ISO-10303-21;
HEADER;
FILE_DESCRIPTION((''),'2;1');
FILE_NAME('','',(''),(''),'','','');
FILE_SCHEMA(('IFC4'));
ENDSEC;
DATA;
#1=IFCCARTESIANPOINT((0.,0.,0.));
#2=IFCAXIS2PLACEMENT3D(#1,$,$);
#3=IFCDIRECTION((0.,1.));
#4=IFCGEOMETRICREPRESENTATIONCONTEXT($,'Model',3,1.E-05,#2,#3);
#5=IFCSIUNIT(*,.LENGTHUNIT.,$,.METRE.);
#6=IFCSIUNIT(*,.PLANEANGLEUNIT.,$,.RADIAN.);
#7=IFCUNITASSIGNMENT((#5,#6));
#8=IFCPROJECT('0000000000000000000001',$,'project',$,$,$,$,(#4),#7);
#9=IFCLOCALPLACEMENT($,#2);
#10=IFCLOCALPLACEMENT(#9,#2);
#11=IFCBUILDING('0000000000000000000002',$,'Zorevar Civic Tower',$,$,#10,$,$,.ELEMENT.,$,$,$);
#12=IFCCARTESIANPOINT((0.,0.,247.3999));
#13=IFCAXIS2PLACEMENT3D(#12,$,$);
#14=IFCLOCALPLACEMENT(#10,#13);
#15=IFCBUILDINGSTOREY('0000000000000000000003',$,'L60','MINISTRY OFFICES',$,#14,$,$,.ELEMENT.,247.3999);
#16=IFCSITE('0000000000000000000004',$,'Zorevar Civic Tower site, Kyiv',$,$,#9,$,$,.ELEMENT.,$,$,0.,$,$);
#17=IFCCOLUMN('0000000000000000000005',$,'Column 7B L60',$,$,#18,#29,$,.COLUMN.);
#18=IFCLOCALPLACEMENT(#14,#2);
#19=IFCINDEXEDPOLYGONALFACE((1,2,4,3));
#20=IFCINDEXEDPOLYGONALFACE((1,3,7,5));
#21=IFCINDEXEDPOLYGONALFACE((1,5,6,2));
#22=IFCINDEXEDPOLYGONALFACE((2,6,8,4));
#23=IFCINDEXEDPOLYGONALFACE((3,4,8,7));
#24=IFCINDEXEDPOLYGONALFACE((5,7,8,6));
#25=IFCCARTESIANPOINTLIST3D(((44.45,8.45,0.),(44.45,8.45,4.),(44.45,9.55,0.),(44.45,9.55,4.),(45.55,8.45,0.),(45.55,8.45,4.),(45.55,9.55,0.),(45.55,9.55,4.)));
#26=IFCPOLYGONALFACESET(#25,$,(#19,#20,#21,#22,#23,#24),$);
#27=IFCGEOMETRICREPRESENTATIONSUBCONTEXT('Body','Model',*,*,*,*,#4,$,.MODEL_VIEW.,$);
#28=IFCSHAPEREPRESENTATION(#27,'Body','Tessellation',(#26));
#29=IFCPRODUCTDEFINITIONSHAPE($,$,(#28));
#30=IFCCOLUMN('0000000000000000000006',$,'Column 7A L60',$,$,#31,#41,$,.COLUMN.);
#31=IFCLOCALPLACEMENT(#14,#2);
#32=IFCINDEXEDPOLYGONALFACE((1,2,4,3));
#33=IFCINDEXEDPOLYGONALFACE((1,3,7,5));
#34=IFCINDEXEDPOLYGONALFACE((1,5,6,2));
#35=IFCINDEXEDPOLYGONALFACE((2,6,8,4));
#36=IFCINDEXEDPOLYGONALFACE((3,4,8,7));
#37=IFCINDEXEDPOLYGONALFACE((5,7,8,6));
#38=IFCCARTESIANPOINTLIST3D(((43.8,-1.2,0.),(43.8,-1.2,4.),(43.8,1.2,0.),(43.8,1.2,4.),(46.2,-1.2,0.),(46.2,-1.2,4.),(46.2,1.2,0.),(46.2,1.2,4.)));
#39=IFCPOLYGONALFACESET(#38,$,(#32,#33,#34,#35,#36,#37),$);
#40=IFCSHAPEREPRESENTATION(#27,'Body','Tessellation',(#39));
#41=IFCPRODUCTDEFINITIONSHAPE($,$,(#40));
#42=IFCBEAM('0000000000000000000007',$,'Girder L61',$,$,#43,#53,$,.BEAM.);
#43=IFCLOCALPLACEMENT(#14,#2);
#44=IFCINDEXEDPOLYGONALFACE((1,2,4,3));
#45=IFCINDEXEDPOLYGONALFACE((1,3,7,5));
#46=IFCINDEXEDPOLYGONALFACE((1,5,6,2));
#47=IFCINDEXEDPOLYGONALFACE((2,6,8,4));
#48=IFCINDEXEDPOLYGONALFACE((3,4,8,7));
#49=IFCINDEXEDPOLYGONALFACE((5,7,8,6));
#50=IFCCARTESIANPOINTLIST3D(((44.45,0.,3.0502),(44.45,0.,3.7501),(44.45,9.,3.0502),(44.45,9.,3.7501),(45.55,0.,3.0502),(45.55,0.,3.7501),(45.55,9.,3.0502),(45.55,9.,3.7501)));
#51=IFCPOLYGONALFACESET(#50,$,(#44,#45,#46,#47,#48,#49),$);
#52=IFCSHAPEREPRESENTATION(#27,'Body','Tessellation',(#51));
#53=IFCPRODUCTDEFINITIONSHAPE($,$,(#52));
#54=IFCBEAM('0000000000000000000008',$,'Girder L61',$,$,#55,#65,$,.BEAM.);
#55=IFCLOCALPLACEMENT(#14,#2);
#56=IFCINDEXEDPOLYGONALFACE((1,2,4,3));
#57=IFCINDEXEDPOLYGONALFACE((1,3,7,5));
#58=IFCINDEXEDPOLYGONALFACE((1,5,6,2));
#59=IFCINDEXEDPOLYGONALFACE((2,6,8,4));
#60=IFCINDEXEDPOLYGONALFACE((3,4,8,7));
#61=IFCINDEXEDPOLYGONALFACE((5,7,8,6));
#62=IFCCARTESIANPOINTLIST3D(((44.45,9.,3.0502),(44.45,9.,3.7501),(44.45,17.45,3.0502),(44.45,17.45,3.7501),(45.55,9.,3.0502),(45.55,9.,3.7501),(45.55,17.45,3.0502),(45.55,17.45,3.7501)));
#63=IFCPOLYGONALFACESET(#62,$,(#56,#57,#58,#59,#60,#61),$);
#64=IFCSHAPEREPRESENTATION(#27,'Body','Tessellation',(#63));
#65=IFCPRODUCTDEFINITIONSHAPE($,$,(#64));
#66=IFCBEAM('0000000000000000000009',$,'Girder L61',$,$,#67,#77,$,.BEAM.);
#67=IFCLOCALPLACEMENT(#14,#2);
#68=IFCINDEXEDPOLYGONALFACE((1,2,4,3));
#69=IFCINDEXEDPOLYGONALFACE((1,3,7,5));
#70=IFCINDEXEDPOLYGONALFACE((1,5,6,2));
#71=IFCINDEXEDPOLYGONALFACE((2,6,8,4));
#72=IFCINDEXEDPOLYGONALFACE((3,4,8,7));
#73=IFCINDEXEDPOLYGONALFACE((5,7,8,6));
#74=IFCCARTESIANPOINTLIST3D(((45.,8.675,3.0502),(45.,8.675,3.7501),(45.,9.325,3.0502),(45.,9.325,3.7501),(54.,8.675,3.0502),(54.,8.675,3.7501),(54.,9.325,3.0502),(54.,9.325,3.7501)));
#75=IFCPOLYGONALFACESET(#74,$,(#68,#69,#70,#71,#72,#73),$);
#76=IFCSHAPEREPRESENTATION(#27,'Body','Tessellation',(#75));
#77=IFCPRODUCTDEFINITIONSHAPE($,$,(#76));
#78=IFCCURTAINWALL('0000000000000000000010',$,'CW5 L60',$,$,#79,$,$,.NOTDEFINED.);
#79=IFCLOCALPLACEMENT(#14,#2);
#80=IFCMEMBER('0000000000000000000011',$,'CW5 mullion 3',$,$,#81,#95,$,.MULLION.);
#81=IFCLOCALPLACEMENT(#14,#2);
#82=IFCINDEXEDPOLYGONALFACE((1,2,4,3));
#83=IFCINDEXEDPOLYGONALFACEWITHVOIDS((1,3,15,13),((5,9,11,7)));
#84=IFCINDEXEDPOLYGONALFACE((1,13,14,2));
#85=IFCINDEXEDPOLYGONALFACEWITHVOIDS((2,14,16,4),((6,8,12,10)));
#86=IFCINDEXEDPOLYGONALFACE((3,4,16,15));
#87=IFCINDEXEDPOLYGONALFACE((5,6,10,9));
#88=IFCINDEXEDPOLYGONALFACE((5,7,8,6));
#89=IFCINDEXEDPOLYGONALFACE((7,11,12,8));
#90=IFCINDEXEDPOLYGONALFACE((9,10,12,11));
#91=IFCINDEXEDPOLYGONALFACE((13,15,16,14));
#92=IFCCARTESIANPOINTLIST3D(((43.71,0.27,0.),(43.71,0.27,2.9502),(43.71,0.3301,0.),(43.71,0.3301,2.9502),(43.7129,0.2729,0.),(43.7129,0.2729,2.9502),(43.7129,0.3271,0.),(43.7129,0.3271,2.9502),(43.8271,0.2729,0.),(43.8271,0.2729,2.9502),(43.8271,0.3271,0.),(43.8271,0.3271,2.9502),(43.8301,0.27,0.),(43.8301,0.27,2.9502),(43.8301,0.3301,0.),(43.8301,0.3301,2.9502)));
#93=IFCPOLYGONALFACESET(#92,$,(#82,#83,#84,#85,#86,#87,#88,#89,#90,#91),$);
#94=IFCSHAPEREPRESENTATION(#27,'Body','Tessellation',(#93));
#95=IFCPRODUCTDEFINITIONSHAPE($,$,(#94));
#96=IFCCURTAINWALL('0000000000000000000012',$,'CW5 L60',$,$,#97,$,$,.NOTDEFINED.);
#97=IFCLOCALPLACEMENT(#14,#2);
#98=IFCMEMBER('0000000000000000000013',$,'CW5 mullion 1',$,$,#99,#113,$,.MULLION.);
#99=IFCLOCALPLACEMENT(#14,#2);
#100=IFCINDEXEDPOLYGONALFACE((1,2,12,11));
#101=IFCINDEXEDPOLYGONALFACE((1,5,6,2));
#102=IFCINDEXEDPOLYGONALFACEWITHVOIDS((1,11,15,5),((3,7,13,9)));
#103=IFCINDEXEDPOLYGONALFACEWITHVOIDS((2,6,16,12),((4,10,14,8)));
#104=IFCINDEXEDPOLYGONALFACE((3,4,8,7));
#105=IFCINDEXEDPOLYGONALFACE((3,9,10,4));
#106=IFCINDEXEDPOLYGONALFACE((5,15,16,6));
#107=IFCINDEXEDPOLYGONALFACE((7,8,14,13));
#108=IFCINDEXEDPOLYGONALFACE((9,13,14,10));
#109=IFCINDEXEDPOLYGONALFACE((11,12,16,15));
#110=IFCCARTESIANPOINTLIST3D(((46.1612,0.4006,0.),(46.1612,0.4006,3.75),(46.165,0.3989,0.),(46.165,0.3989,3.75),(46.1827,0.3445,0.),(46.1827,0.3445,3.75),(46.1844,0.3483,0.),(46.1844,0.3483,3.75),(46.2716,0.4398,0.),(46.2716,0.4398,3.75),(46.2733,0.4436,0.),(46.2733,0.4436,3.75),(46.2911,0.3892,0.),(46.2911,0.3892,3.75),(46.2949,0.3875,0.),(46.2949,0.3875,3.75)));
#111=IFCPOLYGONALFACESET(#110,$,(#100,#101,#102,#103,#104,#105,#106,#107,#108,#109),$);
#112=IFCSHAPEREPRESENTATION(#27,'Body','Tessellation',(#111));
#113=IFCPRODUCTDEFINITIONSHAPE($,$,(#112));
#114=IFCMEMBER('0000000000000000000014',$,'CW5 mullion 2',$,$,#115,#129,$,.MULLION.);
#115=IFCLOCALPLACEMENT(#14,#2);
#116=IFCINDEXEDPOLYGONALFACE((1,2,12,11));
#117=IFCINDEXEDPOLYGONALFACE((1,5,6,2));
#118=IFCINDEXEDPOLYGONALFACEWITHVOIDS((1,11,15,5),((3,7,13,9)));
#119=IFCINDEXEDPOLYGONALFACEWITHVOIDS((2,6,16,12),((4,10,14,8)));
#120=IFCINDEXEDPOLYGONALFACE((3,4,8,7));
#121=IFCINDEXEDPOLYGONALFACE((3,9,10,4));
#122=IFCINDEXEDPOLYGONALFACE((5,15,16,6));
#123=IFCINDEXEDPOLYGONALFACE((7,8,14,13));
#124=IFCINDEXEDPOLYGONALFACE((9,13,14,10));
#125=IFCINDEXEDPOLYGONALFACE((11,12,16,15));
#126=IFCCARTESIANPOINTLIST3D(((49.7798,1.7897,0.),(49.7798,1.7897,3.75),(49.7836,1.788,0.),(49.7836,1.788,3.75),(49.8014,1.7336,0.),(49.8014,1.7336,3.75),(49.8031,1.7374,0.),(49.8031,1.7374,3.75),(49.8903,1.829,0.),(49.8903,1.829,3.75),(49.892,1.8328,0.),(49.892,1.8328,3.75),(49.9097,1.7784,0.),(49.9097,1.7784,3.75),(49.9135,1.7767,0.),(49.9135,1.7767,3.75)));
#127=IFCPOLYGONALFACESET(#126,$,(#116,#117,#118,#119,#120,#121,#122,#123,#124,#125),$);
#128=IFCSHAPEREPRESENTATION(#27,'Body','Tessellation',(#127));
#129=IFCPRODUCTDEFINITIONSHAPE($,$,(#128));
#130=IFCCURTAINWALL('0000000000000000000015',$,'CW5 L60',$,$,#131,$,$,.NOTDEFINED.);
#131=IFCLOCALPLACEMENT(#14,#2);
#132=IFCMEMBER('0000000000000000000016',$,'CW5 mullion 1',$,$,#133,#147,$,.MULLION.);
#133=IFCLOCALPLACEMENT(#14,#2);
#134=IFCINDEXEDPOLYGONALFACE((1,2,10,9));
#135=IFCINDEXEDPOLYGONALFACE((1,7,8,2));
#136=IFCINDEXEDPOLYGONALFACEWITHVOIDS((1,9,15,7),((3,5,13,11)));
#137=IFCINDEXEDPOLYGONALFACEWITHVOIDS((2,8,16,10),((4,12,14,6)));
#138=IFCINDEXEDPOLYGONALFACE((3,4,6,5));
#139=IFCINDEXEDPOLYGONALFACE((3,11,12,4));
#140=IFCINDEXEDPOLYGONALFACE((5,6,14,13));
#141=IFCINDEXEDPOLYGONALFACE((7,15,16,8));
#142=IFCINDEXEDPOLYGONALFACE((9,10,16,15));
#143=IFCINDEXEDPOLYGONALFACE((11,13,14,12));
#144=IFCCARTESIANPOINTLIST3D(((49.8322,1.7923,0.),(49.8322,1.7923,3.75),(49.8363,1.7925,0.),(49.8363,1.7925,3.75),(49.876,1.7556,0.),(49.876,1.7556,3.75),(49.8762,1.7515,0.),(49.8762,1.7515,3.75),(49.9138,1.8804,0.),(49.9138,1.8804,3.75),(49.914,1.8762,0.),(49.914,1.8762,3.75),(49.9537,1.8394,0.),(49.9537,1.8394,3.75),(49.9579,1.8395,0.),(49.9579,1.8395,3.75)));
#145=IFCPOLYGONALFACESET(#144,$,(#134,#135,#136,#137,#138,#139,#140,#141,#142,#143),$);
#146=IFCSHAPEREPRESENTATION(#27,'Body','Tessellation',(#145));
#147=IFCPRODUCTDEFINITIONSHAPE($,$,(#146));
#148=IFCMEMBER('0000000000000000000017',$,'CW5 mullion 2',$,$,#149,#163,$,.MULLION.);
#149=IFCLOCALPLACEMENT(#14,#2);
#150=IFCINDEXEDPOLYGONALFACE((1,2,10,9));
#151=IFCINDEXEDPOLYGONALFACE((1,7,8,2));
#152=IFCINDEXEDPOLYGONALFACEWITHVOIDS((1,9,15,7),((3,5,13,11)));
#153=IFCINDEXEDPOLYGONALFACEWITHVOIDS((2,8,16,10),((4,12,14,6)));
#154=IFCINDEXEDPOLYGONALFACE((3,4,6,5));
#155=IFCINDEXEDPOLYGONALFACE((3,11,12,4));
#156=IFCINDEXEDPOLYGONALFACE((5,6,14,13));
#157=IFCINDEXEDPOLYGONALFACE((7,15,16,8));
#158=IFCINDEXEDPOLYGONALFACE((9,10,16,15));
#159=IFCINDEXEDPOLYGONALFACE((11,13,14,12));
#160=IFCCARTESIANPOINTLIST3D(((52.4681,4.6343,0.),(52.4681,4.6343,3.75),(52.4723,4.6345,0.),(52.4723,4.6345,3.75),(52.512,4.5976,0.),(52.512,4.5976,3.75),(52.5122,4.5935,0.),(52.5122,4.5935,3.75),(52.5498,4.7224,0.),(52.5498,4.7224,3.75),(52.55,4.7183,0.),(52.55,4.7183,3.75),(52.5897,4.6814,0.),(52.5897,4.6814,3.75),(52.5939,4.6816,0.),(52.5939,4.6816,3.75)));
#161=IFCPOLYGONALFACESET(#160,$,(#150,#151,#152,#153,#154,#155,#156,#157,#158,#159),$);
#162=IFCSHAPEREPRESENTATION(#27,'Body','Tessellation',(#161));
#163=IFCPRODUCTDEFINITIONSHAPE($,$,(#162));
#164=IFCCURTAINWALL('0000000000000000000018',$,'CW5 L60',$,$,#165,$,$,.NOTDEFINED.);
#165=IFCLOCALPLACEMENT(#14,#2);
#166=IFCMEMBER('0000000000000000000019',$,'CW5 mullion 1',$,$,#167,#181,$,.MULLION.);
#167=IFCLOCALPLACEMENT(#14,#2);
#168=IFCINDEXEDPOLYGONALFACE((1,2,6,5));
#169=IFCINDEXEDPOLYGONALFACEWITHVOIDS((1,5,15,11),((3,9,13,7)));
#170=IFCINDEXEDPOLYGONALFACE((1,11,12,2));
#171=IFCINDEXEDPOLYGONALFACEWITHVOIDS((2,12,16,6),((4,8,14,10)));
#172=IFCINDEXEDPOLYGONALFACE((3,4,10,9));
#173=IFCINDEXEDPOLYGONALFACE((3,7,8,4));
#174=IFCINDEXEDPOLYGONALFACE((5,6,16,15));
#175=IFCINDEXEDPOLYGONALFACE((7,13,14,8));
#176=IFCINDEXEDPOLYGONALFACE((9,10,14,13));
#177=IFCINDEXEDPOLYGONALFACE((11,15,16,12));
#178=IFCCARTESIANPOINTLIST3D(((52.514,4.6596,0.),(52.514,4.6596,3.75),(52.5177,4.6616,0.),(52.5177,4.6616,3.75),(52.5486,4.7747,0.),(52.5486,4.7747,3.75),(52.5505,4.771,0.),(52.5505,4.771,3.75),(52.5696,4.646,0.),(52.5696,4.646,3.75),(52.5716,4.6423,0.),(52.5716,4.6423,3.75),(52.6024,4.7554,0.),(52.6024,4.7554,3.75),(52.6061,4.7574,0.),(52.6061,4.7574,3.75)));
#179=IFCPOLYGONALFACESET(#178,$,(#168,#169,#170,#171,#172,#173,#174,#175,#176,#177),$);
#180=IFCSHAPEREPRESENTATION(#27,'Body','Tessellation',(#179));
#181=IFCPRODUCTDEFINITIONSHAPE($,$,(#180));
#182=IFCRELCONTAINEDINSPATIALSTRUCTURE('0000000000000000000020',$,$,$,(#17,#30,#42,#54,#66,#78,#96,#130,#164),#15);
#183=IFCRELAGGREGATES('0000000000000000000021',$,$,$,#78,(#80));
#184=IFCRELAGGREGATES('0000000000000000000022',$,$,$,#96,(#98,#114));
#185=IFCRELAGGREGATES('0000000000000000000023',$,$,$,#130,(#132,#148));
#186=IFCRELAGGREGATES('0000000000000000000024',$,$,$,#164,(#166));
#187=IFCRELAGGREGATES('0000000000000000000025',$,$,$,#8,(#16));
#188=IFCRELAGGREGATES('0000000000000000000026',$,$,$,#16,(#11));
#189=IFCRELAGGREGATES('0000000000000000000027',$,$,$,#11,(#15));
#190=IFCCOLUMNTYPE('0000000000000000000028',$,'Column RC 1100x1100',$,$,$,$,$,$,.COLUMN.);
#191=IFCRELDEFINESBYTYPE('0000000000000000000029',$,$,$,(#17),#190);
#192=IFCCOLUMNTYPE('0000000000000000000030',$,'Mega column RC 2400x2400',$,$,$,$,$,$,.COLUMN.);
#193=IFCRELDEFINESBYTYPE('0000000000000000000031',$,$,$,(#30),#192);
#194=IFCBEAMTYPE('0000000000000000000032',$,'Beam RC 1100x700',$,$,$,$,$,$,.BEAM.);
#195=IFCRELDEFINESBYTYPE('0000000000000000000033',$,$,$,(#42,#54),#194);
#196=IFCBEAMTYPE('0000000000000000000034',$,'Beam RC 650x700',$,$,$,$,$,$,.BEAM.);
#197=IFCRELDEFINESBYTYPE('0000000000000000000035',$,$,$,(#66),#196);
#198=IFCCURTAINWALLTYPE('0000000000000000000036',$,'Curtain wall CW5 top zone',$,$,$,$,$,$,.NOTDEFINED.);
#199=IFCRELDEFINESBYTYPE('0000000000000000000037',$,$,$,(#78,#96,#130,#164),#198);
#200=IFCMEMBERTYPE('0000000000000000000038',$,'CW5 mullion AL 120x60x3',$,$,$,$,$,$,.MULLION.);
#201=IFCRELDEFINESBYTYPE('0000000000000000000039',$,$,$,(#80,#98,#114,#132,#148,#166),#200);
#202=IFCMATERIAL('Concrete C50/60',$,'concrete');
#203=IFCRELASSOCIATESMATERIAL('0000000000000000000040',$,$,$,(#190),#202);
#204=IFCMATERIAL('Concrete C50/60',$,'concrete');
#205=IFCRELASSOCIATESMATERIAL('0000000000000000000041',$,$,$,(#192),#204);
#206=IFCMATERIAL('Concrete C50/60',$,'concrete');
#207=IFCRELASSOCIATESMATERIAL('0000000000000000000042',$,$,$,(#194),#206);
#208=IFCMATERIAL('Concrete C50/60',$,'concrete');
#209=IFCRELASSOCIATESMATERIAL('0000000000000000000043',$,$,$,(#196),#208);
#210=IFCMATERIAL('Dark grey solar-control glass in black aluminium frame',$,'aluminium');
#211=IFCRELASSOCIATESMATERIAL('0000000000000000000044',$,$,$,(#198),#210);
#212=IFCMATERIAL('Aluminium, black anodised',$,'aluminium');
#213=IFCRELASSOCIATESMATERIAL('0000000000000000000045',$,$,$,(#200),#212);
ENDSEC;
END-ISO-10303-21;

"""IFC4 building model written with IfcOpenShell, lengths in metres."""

from ifc_helpers import new_model, si_unit, direction, frame, origin, origin_2d, place, context, subcontext, project, spatial, rectangle, hollow_rectangle, extrude, material, material_profile, profile_set, type_object, element, aggregate, save


model = new_model("IFC4")

# Units and contexts
model_context = context("Model", 3, precision=1e-05, world=origin(), true_north=direction((0.0, 1.0)))
body_context = subcontext(model_context, "Body", "Model", "MODEL_VIEW")
ifc_project = project(units=[si_unit("LENGTHUNIT", "METRE"), si_unit("PLANEANGLEUNIT", "RADIAN")], contexts=[model_context])

# Site, building, storey
site_placement = place(None, origin())
site = spatial("IfcSite", under=ifc_project, at=site_placement, Name="Zorevar Civic Tower site, Kyiv", CompositionType="ELEMENT", RefElevation=0.0)
building_placement = place(site_placement, origin())
building = spatial("IfcBuilding", under=site, at=building_placement, Name="Zorevar Civic Tower", CompositionType="ELEMENT")
storey_placement = place(building_placement, frame((0.0, 0.0, 247.3999)))
storey = spatial("IfcBuildingStorey", under=building, at=storey_placement, Name="L60", Description="MINISTRY OFFICES", CompositionType="ELEMENT", Elevation=247.3999)

# Columns
ifc_material_1 = material(Name="Concrete C50/60", Category="concrete")
ifc_material_profile_1 = material_profile(ifc_material_1, rectangle(XDim=1.1001, YDim=1.1001, at=origin_2d()), Name="RC 1100x1100")
ifc_profile_set_1 = profile_set([ifc_material_profile_1], Name="Concrete C50/60")
column_type_1 = type_object("IfcColumnType", Name="Column RC 1100x1100", PredefinedType="COLUMN", material=ifc_profile_set_1)
column_1_placement = place(storey_placement, frame((45.0, 9.0, 0.0), z_axis=(0.0, 0.0, 1.0), x_axis=(1.0, 0.0, 0.0)))
element("IfcColumn", 1, at=column_1_placement, inside=storey, type_object=column_type_1, Name="Column 7B L60", PredefinedType="COLUMN", context=body_context, shape_type="SweptSolid", body=[
    extrude(rectangle(XDim=1.1001, YDim=1.1001, at=origin_2d()), origin(), (0.0, 0.0, 1.0), 4.0),
])
ifc_material_2 = material(Name="Concrete C50/60", Category="concrete")
ifc_material_profile_2 = material_profile(ifc_material_2, rectangle(XDim=2.3999, YDim=2.3999, at=origin_2d()), Name="RC 2400x2400")
ifc_profile_set_2 = profile_set([ifc_material_profile_2], Name="Concrete C50/60")
column_type_2 = type_object("IfcColumnType", Name="Mega column RC 2400x2400", PredefinedType="COLUMN", material=ifc_profile_set_2)
column_2_placement = place(storey_placement, frame((45.0, 0.0, 0.0), z_axis=(0.0, 0.0, 1.0), x_axis=(1.0, 0.0, 0.0)))
element("IfcColumn", 2, at=column_2_placement, inside=storey, type_object=column_type_2, Name="Column 7A L60", PredefinedType="COLUMN", context=body_context, shape_type="SweptSolid", body=[
    extrude(rectangle(XDim=2.3999, YDim=2.3999, at=origin_2d()), origin(), (0.0, 0.0, 1.0), 4.0),
])

# Beams
ifc_material_3 = material(Name="Concrete C50/60", Category="concrete")
ifc_material_profile_3 = material_profile(ifc_material_3, rectangle(XDim=1.1001, YDim=0.7, at=origin_2d()), Name="RC 1100x700")
ifc_profile_set_3 = profile_set([ifc_material_profile_3], Name="Concrete C50/60")
beam_type_1 = type_object("IfcBeamType", Name="Beam RC 1100x700", PredefinedType="BEAM", material=ifc_profile_set_3)
beam_1_placement = place(storey_placement, frame((45.0, 0.0, 3.4001), z_axis=(0.0, 1.0, 0.0), x_axis=(-1.0, 0.0, 0.0)))
element("IfcBeam", 3, at=beam_1_placement, inside=storey, type_object=beam_type_1, Name="Girder L61", PredefinedType="BEAM", context=body_context, shape_type="SweptSolid", body=[
    extrude(rectangle(XDim=1.1001, YDim=0.7, at=origin_2d()), origin(), (0.0, 0.0, 1.0), 9.0),
])
beam_2_placement = place(storey_placement, frame((45.0, 9.0, 3.4001), z_axis=(0.0, 1.0, 0.0), x_axis=(-1.0, 0.0, 0.0)))
element("IfcBeam", 4, at=beam_2_placement, inside=storey, type_object=beam_type_1, Name="Girder L61", PredefinedType="BEAM", context=body_context, shape_type="SweptSolid", body=[
    extrude(rectangle(XDim=1.1001, YDim=0.7, at=origin_2d()), origin(), (0.0, 0.0, 1.0), 8.45),
])
ifc_material_4 = material(Name="Concrete C50/60", Category="concrete")
ifc_material_profile_4 = material_profile(ifc_material_4, rectangle(XDim=0.6499, YDim=0.7, at=origin_2d()), Name="RC 650x700")
ifc_profile_set_4 = profile_set([ifc_material_profile_4], Name="Concrete C50/60")
beam_type_2 = type_object("IfcBeamType", Name="Beam RC 650x700", PredefinedType="BEAM", material=ifc_profile_set_4)
beam_3_placement = place(storey_placement, frame((45.0, 9.0, 3.4001), z_axis=(1.0, 0.0, 0.0), x_axis=(0.0, 1.0, 0.0)))
element("IfcBeam", 5, at=beam_3_placement, inside=storey, type_object=beam_type_2, Name="Girder L61", PredefinedType="BEAM", context=body_context, shape_type="SweptSolid", body=[
    extrude(rectangle(XDim=0.6499, YDim=0.7, at=origin_2d()), origin(), (0.0, 0.0, 1.0), 9.0),
])

# Curtain wall, member
ifc_material_5 = material(Name="Dark grey solar-control glass in black aluminium frame", Category="aluminium")
curtain_wall_type = type_object("IfcCurtainWallType", Name="Curtain wall CW5 top zone", PredefinedType="NOTDEFINED", material=ifc_material_5)
curtain_wall_1_placement = place(storey_placement, origin())
curtain_wall_1 = element("IfcCurtainWall", 6, at=curtain_wall_1_placement, inside=storey, type_object=curtain_wall_type, Name="CW5 L60", PredefinedType="NOTDEFINED")
ifc_material_6 = material(Name="Aluminium, black anodised", Category="aluminium")
ifc_material_profile_5 = material_profile(ifc_material_6, hollow_rectangle(XDim=0.0601, YDim=0.1201, WallThickness=0.0029, at=origin_2d()), Name="AL 120x60x3")
ifc_profile_set_5 = profile_set([ifc_material_profile_5], Name="Aluminium, black anodised")
member_type_1 = type_object("IfcMemberType", Name="CW5 mullion AL 120x60x3", PredefinedType="MULLION", material=ifc_profile_set_5)
member_1_placement = place(storey_placement, frame((43.77, 0.3, 0.0), z_axis=(0.0, 0.0, 1.0), x_axis=(0.0, 1.0, 0.0)))
member_1 = element("IfcMember", 7, at=member_1_placement, type_object=member_type_1, Name="CW5 mullion 3", PredefinedType="MULLION", context=body_context, shape_type="SweptSolid", body=[
    extrude(hollow_rectangle(XDim=0.0601, YDim=0.1201, WallThickness=0.0029, at=origin_2d()), origin(), (0.0, 0.0, 1.0), 2.9502),
])
aggregate(curtain_wall_1, [member_1])

# Curtain walls, members
curtain_wall_2_placement = place(storey_placement, origin())
curtain_wall_2 = element("IfcCurtainWall", 8, at=curtain_wall_2_placement, inside=storey, type_object=curtain_wall_type, Name="CW5 L60", PredefinedType="NOTDEFINED")
member_2_placement = place(storey_placement, frame((46.228, 0.394, 0.0), z_axis=(0.0, 0.0, 1.0), x_axis=(-0.358413, 0.933563, 0.0)))
member_2 = element("IfcMember", 9, at=member_2_placement, type_object=member_type_1, Name="CW5 mullion 1", PredefinedType="MULLION", context=body_context, shape_type="SweptSolid", body=[
    extrude(hollow_rectangle(XDim=0.0601, YDim=0.1201, WallThickness=0.0029, at=origin_2d()), origin(), (0.0, 0.0, 1.0), 3.75),
])
member_3_placement = place(storey_placement, frame((49.8467, 1.7832, 0.0), z_axis=(0.0, 0.0, 1.0), x_axis=(-0.358413, 0.933563, 0.0)))
member_3 = element("IfcMember", 10, at=member_3_placement, type_object=member_type_1, Name="CW5 mullion 2", PredefinedType="MULLION", context=body_context, shape_type="SweptSolid", body=[
    extrude(hollow_rectangle(XDim=0.0601, YDim=0.1201, WallThickness=0.0029, at=origin_2d()), origin(), (0.0, 0.0, 1.0), 3.75),
])
curtain_wall_3_placement = place(storey_placement, origin())
curtain_wall_3 = element("IfcCurtainWall", 11, at=curtain_wall_3_placement, inside=storey, type_object=curtain_wall_type, Name="CW5 L60", PredefinedType="NOTDEFINED")
member_4_placement = place(storey_placement, frame((49.895, 1.8159, 0.0), z_axis=(0.0, 0.0, 1.0), x_axis=(-0.733164, 0.680051, 0.0)))
member_4 = element("IfcMember", 12, at=member_4_placement, type_object=member_type_1, Name="CW5 mullion 1", PredefinedType="MULLION", context=body_context, shape_type="SweptSolid", body=[
    extrude(hollow_rectangle(XDim=0.0601, YDim=0.1201, WallThickness=0.0029, at=origin_2d()), origin(), (0.0, 0.0, 1.0), 3.75),
])
member_5_placement = place(storey_placement, frame((52.531, 4.658, 0.0), z_axis=(0.0, 0.0, 1.0), x_axis=(-0.733164, 0.680051, 0.0)))
member_5 = element("IfcMember", 13, at=member_5_placement, type_object=member_type_1, Name="CW5 mullion 2", PredefinedType="MULLION", context=body_context, shape_type="SweptSolid", body=[
    extrude(hollow_rectangle(XDim=0.0601, YDim=0.1201, WallThickness=0.0029, at=origin_2d()), origin(), (0.0, 0.0, 1.0), 3.75),
])
curtain_wall_4_placement = place(storey_placement, origin())
curtain_wall_4 = element("IfcCurtainWall", 14, at=curtain_wall_4_placement, inside=storey, type_object=curtain_wall_type, Name="CW5 L60", PredefinedType="NOTDEFINED")
member_6_placement = place(storey_placement, frame((52.5601, 4.7085, 0.0), z_axis=(0.0, 0.0, 1.0), x_axis=(-0.957826, 0.28735, 0.0)))
member_6 = element("IfcMember", 15, at=member_6_placement, type_object=member_type_1, Name="CW5 mullion 1", PredefinedType="MULLION", context=body_context, shape_type="SweptSolid", body=[
    extrude(hollow_rectangle(XDim=0.0601, YDim=0.1201, WallThickness=0.0029, at=origin_2d()), origin(), (0.0, 0.0, 1.0), 3.75),
])

aggregate(curtain_wall_2, [member_2, member_3])
aggregate(curtain_wall_3, [member_4, member_5])
aggregate(curtain_wall_4, [member_6])

save(model, "model.ifc")
